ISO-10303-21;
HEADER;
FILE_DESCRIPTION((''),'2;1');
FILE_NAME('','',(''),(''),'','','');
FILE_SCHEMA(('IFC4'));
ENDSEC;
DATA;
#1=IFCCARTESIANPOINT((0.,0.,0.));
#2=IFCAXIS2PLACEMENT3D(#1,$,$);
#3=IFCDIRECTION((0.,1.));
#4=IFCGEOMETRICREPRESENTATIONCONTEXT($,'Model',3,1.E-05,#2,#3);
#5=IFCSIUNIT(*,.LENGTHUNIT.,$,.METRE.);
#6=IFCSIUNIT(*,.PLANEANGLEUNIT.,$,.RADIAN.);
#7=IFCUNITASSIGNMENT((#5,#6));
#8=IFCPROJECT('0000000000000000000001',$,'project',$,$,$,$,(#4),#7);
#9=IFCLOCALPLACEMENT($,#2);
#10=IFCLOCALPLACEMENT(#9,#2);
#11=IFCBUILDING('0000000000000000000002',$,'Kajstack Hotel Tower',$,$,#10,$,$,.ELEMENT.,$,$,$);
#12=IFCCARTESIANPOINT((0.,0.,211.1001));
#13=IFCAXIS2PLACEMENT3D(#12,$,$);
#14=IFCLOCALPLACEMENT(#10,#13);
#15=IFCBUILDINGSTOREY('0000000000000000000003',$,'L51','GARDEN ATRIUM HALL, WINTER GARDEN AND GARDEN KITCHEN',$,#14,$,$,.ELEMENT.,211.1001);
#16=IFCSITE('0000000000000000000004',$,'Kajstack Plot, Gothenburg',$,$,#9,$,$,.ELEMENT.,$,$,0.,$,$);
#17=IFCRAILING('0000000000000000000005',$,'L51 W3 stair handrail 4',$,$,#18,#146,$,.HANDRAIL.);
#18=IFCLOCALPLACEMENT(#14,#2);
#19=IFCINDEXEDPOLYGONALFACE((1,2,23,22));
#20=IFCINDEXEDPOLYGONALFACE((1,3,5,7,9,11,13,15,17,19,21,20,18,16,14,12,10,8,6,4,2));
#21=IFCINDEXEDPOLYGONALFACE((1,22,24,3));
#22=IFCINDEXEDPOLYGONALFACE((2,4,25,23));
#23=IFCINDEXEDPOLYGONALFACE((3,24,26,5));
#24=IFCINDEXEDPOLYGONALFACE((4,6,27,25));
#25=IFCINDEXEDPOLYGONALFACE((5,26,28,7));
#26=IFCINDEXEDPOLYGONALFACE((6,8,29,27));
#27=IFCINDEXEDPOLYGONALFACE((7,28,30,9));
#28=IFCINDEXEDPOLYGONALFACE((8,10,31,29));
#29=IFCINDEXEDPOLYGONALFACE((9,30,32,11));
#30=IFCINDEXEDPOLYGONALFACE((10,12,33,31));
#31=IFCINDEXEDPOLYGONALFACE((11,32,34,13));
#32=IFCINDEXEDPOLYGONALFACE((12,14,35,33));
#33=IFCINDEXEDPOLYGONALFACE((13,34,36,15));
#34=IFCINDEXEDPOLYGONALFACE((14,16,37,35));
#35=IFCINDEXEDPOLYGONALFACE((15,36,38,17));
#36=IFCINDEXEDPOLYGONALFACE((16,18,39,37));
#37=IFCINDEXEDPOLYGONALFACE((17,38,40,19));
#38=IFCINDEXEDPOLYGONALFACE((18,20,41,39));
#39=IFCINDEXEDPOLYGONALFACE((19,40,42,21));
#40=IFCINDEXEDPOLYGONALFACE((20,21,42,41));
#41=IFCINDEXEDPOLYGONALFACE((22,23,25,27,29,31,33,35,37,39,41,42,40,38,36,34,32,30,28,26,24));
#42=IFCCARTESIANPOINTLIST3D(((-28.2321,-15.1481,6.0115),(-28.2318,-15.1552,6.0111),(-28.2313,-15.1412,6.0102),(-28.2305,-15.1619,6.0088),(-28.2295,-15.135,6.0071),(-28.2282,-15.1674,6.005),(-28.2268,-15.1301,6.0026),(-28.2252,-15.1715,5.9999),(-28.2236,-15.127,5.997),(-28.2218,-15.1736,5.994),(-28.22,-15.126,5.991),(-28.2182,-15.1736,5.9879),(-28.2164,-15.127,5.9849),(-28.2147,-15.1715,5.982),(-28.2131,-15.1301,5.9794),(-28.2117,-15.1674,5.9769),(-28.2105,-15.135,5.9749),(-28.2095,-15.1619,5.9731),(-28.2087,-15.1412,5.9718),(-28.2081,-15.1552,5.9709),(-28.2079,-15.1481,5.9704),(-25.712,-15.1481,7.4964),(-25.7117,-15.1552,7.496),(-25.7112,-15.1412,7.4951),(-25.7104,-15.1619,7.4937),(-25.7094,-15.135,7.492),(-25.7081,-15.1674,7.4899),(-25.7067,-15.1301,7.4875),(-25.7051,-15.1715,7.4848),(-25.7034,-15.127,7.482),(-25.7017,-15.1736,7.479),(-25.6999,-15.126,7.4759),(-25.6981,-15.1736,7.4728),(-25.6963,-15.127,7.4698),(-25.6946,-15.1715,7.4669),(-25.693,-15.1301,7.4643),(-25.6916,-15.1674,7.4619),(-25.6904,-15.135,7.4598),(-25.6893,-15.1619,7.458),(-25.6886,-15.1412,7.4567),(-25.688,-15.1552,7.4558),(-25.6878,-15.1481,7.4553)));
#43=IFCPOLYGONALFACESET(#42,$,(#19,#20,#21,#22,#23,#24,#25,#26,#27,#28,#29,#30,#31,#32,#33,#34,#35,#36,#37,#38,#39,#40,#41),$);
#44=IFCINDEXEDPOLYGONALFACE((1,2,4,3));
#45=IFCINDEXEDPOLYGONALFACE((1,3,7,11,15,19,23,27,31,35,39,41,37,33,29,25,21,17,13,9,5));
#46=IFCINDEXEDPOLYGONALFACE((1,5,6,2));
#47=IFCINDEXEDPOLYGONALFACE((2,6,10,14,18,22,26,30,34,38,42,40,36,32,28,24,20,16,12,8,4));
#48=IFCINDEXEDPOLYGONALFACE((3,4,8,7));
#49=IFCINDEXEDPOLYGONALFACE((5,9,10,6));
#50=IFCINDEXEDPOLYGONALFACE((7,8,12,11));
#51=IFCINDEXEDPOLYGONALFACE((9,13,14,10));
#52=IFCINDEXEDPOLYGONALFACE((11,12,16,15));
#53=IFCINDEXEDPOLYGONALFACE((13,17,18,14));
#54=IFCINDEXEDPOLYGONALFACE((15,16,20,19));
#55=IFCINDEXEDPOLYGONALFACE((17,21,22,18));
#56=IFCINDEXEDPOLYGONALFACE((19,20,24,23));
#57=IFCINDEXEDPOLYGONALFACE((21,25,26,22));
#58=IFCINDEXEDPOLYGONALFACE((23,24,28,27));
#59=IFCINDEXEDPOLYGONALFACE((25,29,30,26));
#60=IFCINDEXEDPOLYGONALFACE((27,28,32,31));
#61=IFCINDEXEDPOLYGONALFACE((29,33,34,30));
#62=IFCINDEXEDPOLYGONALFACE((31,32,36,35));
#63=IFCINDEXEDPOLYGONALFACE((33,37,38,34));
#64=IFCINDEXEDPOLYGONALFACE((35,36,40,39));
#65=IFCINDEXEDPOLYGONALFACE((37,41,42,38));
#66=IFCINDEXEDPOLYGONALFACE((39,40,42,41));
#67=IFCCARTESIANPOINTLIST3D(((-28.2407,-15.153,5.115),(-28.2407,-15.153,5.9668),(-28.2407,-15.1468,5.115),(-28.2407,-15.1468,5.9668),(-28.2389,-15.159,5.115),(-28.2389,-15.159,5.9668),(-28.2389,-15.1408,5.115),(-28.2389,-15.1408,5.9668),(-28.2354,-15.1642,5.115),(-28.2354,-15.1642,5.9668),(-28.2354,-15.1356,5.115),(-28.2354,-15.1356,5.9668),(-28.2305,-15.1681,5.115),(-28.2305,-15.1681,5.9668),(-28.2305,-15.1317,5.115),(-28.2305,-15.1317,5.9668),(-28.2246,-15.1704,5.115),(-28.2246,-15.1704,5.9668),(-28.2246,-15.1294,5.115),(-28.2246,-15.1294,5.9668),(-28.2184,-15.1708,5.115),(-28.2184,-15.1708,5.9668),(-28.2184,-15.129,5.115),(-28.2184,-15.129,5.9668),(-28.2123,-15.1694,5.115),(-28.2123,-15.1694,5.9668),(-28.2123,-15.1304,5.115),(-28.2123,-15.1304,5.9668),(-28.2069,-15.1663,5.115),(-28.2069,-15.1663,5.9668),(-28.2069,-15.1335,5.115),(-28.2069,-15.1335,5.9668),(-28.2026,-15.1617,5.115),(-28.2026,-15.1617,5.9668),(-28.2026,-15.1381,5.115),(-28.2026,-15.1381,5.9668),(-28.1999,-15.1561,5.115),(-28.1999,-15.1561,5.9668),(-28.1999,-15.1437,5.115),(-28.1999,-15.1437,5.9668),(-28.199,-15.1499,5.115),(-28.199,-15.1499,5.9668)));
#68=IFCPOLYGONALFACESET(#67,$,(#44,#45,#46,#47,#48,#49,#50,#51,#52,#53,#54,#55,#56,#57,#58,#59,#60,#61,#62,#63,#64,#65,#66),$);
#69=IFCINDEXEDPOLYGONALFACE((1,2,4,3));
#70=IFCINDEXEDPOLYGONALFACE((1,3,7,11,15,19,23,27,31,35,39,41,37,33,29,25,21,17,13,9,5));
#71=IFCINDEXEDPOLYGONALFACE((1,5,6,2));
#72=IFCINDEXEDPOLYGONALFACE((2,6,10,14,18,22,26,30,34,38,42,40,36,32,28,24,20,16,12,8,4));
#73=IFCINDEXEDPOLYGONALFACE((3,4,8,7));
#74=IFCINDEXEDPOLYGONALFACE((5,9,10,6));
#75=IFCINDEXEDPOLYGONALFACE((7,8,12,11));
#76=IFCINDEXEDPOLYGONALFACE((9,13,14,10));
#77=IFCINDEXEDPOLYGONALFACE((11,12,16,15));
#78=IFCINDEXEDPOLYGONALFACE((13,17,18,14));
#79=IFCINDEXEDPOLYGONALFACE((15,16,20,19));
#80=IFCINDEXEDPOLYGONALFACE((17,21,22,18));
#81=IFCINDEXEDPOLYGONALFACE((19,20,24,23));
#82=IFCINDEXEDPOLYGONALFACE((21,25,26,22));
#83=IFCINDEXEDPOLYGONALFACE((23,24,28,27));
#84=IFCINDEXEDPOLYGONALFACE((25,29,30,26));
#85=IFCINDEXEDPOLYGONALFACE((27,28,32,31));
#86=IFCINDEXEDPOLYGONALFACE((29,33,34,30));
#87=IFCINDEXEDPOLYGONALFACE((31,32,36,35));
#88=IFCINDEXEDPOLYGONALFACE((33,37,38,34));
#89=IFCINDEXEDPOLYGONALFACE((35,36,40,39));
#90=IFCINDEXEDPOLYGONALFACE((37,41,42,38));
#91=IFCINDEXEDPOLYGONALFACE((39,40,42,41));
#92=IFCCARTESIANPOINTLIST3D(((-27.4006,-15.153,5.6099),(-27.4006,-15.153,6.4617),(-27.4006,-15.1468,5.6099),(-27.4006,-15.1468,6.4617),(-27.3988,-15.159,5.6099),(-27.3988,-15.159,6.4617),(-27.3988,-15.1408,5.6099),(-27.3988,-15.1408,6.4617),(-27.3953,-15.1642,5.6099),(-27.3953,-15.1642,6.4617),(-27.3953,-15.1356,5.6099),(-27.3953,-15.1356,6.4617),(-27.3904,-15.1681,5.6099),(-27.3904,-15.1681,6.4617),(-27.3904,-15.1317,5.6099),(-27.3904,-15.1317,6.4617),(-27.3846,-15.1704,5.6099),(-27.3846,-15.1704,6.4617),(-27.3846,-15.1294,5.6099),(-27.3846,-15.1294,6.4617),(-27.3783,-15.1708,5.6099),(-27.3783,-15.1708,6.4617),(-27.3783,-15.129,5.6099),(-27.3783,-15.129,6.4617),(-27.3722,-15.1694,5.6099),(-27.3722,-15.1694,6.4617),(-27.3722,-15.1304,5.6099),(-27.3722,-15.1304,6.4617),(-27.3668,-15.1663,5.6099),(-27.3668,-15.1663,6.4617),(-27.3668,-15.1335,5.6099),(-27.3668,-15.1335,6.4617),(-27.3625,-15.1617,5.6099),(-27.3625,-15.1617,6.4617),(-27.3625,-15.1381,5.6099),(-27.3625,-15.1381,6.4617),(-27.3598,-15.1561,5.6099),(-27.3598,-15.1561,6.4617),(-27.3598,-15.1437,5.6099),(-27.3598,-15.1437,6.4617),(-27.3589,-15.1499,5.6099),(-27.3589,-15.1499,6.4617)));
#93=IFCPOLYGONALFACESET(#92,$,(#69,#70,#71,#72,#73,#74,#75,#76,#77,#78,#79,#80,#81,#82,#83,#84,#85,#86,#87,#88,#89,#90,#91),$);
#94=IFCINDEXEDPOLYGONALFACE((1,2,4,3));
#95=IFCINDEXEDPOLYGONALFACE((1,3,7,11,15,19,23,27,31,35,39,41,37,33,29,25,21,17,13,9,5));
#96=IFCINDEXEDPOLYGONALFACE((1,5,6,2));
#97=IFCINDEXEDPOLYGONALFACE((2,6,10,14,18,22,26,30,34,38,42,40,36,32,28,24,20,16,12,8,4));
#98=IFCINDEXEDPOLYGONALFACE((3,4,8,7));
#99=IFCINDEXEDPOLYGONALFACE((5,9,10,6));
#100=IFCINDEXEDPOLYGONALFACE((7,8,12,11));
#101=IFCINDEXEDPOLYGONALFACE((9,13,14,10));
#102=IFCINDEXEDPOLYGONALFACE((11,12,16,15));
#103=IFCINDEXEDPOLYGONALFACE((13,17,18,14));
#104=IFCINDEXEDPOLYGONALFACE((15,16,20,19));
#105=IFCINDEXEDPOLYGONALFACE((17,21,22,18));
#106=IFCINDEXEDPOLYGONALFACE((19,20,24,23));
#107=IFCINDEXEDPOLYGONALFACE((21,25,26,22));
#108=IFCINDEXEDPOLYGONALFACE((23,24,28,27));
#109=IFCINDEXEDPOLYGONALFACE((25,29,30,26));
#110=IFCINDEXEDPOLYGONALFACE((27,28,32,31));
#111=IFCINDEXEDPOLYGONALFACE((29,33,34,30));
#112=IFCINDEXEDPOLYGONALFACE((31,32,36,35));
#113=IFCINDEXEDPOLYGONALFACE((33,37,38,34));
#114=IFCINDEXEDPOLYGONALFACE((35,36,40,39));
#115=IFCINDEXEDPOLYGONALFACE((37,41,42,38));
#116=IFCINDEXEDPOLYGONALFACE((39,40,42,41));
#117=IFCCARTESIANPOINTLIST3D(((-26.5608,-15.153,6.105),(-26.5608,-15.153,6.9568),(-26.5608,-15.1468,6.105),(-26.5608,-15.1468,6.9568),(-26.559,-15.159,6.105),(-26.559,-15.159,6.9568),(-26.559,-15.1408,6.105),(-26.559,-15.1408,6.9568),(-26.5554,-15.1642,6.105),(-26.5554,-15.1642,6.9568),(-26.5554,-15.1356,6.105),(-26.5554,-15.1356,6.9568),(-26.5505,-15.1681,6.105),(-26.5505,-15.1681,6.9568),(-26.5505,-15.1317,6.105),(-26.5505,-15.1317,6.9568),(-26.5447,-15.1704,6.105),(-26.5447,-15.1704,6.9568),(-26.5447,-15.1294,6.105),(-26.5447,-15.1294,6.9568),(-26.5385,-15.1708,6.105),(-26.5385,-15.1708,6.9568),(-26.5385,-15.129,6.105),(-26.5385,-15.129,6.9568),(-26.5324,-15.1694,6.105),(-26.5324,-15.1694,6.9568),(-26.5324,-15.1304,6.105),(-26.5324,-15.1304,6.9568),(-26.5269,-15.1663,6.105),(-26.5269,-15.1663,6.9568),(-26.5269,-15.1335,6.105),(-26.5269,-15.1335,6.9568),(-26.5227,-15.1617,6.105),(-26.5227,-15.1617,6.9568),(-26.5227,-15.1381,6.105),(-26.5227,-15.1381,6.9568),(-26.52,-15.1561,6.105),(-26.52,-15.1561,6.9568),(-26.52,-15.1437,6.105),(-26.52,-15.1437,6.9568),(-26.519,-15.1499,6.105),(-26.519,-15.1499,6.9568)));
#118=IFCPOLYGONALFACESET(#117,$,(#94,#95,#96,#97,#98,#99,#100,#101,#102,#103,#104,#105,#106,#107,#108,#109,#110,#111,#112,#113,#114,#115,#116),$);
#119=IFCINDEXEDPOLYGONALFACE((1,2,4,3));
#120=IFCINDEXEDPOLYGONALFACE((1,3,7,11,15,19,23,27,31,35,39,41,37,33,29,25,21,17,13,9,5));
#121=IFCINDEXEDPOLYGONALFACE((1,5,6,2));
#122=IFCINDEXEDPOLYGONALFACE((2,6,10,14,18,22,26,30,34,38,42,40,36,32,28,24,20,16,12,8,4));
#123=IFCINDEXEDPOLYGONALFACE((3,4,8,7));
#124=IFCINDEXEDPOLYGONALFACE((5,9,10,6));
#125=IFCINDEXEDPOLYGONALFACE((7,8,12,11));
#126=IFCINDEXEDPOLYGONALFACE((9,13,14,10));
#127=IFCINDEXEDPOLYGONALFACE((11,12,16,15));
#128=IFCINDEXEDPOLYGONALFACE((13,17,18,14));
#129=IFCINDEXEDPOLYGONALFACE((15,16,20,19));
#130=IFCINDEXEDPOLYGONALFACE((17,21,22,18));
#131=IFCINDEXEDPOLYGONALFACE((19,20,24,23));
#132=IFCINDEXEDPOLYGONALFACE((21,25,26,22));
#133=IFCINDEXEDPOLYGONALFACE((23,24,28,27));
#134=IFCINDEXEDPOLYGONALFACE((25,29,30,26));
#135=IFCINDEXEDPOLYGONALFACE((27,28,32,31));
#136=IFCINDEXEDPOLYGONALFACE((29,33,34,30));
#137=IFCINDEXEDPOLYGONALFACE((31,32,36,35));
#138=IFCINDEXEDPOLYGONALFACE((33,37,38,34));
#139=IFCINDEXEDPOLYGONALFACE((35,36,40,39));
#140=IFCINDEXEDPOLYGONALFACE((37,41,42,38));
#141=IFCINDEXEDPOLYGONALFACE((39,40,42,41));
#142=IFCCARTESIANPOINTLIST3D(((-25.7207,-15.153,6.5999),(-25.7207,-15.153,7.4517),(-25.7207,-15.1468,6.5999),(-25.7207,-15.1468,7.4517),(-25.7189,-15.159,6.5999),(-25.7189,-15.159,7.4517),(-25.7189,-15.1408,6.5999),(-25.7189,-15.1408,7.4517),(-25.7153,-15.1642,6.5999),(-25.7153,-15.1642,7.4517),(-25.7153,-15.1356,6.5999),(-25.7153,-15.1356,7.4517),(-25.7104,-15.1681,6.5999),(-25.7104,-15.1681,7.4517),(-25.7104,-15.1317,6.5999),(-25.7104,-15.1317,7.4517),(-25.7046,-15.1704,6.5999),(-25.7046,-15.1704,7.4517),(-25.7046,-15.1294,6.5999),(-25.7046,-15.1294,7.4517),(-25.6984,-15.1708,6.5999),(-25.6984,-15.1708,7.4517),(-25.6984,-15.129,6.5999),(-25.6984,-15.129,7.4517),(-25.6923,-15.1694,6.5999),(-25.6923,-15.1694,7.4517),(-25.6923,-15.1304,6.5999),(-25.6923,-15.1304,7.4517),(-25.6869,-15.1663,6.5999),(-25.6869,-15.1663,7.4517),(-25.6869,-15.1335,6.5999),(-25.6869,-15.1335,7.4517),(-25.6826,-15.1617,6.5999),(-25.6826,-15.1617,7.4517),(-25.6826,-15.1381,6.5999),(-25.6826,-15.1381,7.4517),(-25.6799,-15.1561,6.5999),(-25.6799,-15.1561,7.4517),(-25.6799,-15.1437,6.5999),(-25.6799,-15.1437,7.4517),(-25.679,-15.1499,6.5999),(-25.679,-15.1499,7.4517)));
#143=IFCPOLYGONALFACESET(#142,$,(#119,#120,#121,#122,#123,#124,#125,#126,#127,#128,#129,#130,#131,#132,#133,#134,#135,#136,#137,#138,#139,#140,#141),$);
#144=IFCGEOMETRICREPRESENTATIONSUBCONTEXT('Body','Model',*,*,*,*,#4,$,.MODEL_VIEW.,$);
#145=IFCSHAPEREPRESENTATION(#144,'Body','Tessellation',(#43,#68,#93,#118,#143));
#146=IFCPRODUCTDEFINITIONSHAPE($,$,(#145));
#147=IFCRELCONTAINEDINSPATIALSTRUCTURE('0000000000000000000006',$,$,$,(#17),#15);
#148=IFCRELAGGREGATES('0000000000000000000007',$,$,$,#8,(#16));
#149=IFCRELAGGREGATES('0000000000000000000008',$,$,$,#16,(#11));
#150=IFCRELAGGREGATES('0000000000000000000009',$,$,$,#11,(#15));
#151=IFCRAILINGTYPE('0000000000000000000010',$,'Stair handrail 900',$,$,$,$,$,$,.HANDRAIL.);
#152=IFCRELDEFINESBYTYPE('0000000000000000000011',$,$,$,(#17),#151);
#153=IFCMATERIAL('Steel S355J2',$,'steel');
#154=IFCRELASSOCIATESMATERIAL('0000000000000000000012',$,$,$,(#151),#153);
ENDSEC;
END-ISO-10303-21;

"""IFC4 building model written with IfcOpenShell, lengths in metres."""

from ifc_helpers import new_model, si_unit, direction, frame, origin, origin_2d, place, context, subcontext, project, spatial, circle, extrude, material, type_object, element, save


model = new_model("IFC4")

# Units and contexts
model_context = context("Model", 3, precision=1e-05, world=origin(), true_north=direction((0.0, 1.0)))
body_context = subcontext(model_context, "Body", "Model", "MODEL_VIEW")
ifc_project = project(units=[si_unit("LENGTHUNIT", "METRE"), si_unit("PLANEANGLEUNIT", "RADIAN")], contexts=[model_context])

# Site, building, storey
site_placement = place(None, origin())
site = spatial("IfcSite", under=ifc_project, at=site_placement, Name="Kajstack Plot, Gothenburg", CompositionType="ELEMENT", RefElevation=0.0)
building_placement = place(site_placement, origin())
building = spatial("IfcBuilding", under=site, at=building_placement, Name="Kajstack Hotel Tower", CompositionType="ELEMENT")
storey_placement = place(building_placement, frame((0.0, 0.0, 211.1001)))
storey = spatial("IfcBuildingStorey", under=building, at=storey_placement, Name="L51", Description="GARDEN ATRIUM HALL, WINTER GARDEN AND GARDEN KITCHEN", CompositionType="ELEMENT", Elevation=211.1001)

# Railing
ifc_material_1 = material(Name="Steel S355J2", Category="steel")
railing_type_1 = type_object("IfcRailingType", Name="Stair handrail 900", PredefinedType="HANDRAIL", material=ifc_material_1)
for number, where, name in (
    (1, (-28.22, -15.1499, 5.115), "L51 W3 stair handrail 4"),
):
    element("IfcRailing", number, at=place(storey_placement, frame(where)), inside=storey, type_object=railing_type_1, Name=name, PredefinedType="HANDRAIL", context=body_context, shape_type="SweptSolid", body=[
        extrude(circle(Radius=0.0239, at=origin_2d()), frame((0.0, 0.0, 0.876), z_axis=(0.861561, 0.0, 0.507655), x_axis=(0.0, 1.0, 0.0)), (0.0, 0.0, 1.0), 2.925),
        extrude(circle(Radius=0.021, at=origin_2d()), origin(), (0.0, 0.0, 1.0), 0.8518),
        extrude(circle(Radius=0.021, at=origin_2d()), frame((0.8401, 0.0, 0.4949)), (0.0, 0.0, 1.0), 0.8518),
        extrude(circle(Radius=0.021, at=origin_2d()), frame((1.6799, 0.0, 0.99)), (0.0, 0.0, 1.0), 0.8518),
        extrude(circle(Radius=0.021, at=origin_2d()), frame((2.52, 0.0, 1.4849)), (0.0, 0.0, 1.0), 0.8518),
    ])

save(model, "model.ifc")
